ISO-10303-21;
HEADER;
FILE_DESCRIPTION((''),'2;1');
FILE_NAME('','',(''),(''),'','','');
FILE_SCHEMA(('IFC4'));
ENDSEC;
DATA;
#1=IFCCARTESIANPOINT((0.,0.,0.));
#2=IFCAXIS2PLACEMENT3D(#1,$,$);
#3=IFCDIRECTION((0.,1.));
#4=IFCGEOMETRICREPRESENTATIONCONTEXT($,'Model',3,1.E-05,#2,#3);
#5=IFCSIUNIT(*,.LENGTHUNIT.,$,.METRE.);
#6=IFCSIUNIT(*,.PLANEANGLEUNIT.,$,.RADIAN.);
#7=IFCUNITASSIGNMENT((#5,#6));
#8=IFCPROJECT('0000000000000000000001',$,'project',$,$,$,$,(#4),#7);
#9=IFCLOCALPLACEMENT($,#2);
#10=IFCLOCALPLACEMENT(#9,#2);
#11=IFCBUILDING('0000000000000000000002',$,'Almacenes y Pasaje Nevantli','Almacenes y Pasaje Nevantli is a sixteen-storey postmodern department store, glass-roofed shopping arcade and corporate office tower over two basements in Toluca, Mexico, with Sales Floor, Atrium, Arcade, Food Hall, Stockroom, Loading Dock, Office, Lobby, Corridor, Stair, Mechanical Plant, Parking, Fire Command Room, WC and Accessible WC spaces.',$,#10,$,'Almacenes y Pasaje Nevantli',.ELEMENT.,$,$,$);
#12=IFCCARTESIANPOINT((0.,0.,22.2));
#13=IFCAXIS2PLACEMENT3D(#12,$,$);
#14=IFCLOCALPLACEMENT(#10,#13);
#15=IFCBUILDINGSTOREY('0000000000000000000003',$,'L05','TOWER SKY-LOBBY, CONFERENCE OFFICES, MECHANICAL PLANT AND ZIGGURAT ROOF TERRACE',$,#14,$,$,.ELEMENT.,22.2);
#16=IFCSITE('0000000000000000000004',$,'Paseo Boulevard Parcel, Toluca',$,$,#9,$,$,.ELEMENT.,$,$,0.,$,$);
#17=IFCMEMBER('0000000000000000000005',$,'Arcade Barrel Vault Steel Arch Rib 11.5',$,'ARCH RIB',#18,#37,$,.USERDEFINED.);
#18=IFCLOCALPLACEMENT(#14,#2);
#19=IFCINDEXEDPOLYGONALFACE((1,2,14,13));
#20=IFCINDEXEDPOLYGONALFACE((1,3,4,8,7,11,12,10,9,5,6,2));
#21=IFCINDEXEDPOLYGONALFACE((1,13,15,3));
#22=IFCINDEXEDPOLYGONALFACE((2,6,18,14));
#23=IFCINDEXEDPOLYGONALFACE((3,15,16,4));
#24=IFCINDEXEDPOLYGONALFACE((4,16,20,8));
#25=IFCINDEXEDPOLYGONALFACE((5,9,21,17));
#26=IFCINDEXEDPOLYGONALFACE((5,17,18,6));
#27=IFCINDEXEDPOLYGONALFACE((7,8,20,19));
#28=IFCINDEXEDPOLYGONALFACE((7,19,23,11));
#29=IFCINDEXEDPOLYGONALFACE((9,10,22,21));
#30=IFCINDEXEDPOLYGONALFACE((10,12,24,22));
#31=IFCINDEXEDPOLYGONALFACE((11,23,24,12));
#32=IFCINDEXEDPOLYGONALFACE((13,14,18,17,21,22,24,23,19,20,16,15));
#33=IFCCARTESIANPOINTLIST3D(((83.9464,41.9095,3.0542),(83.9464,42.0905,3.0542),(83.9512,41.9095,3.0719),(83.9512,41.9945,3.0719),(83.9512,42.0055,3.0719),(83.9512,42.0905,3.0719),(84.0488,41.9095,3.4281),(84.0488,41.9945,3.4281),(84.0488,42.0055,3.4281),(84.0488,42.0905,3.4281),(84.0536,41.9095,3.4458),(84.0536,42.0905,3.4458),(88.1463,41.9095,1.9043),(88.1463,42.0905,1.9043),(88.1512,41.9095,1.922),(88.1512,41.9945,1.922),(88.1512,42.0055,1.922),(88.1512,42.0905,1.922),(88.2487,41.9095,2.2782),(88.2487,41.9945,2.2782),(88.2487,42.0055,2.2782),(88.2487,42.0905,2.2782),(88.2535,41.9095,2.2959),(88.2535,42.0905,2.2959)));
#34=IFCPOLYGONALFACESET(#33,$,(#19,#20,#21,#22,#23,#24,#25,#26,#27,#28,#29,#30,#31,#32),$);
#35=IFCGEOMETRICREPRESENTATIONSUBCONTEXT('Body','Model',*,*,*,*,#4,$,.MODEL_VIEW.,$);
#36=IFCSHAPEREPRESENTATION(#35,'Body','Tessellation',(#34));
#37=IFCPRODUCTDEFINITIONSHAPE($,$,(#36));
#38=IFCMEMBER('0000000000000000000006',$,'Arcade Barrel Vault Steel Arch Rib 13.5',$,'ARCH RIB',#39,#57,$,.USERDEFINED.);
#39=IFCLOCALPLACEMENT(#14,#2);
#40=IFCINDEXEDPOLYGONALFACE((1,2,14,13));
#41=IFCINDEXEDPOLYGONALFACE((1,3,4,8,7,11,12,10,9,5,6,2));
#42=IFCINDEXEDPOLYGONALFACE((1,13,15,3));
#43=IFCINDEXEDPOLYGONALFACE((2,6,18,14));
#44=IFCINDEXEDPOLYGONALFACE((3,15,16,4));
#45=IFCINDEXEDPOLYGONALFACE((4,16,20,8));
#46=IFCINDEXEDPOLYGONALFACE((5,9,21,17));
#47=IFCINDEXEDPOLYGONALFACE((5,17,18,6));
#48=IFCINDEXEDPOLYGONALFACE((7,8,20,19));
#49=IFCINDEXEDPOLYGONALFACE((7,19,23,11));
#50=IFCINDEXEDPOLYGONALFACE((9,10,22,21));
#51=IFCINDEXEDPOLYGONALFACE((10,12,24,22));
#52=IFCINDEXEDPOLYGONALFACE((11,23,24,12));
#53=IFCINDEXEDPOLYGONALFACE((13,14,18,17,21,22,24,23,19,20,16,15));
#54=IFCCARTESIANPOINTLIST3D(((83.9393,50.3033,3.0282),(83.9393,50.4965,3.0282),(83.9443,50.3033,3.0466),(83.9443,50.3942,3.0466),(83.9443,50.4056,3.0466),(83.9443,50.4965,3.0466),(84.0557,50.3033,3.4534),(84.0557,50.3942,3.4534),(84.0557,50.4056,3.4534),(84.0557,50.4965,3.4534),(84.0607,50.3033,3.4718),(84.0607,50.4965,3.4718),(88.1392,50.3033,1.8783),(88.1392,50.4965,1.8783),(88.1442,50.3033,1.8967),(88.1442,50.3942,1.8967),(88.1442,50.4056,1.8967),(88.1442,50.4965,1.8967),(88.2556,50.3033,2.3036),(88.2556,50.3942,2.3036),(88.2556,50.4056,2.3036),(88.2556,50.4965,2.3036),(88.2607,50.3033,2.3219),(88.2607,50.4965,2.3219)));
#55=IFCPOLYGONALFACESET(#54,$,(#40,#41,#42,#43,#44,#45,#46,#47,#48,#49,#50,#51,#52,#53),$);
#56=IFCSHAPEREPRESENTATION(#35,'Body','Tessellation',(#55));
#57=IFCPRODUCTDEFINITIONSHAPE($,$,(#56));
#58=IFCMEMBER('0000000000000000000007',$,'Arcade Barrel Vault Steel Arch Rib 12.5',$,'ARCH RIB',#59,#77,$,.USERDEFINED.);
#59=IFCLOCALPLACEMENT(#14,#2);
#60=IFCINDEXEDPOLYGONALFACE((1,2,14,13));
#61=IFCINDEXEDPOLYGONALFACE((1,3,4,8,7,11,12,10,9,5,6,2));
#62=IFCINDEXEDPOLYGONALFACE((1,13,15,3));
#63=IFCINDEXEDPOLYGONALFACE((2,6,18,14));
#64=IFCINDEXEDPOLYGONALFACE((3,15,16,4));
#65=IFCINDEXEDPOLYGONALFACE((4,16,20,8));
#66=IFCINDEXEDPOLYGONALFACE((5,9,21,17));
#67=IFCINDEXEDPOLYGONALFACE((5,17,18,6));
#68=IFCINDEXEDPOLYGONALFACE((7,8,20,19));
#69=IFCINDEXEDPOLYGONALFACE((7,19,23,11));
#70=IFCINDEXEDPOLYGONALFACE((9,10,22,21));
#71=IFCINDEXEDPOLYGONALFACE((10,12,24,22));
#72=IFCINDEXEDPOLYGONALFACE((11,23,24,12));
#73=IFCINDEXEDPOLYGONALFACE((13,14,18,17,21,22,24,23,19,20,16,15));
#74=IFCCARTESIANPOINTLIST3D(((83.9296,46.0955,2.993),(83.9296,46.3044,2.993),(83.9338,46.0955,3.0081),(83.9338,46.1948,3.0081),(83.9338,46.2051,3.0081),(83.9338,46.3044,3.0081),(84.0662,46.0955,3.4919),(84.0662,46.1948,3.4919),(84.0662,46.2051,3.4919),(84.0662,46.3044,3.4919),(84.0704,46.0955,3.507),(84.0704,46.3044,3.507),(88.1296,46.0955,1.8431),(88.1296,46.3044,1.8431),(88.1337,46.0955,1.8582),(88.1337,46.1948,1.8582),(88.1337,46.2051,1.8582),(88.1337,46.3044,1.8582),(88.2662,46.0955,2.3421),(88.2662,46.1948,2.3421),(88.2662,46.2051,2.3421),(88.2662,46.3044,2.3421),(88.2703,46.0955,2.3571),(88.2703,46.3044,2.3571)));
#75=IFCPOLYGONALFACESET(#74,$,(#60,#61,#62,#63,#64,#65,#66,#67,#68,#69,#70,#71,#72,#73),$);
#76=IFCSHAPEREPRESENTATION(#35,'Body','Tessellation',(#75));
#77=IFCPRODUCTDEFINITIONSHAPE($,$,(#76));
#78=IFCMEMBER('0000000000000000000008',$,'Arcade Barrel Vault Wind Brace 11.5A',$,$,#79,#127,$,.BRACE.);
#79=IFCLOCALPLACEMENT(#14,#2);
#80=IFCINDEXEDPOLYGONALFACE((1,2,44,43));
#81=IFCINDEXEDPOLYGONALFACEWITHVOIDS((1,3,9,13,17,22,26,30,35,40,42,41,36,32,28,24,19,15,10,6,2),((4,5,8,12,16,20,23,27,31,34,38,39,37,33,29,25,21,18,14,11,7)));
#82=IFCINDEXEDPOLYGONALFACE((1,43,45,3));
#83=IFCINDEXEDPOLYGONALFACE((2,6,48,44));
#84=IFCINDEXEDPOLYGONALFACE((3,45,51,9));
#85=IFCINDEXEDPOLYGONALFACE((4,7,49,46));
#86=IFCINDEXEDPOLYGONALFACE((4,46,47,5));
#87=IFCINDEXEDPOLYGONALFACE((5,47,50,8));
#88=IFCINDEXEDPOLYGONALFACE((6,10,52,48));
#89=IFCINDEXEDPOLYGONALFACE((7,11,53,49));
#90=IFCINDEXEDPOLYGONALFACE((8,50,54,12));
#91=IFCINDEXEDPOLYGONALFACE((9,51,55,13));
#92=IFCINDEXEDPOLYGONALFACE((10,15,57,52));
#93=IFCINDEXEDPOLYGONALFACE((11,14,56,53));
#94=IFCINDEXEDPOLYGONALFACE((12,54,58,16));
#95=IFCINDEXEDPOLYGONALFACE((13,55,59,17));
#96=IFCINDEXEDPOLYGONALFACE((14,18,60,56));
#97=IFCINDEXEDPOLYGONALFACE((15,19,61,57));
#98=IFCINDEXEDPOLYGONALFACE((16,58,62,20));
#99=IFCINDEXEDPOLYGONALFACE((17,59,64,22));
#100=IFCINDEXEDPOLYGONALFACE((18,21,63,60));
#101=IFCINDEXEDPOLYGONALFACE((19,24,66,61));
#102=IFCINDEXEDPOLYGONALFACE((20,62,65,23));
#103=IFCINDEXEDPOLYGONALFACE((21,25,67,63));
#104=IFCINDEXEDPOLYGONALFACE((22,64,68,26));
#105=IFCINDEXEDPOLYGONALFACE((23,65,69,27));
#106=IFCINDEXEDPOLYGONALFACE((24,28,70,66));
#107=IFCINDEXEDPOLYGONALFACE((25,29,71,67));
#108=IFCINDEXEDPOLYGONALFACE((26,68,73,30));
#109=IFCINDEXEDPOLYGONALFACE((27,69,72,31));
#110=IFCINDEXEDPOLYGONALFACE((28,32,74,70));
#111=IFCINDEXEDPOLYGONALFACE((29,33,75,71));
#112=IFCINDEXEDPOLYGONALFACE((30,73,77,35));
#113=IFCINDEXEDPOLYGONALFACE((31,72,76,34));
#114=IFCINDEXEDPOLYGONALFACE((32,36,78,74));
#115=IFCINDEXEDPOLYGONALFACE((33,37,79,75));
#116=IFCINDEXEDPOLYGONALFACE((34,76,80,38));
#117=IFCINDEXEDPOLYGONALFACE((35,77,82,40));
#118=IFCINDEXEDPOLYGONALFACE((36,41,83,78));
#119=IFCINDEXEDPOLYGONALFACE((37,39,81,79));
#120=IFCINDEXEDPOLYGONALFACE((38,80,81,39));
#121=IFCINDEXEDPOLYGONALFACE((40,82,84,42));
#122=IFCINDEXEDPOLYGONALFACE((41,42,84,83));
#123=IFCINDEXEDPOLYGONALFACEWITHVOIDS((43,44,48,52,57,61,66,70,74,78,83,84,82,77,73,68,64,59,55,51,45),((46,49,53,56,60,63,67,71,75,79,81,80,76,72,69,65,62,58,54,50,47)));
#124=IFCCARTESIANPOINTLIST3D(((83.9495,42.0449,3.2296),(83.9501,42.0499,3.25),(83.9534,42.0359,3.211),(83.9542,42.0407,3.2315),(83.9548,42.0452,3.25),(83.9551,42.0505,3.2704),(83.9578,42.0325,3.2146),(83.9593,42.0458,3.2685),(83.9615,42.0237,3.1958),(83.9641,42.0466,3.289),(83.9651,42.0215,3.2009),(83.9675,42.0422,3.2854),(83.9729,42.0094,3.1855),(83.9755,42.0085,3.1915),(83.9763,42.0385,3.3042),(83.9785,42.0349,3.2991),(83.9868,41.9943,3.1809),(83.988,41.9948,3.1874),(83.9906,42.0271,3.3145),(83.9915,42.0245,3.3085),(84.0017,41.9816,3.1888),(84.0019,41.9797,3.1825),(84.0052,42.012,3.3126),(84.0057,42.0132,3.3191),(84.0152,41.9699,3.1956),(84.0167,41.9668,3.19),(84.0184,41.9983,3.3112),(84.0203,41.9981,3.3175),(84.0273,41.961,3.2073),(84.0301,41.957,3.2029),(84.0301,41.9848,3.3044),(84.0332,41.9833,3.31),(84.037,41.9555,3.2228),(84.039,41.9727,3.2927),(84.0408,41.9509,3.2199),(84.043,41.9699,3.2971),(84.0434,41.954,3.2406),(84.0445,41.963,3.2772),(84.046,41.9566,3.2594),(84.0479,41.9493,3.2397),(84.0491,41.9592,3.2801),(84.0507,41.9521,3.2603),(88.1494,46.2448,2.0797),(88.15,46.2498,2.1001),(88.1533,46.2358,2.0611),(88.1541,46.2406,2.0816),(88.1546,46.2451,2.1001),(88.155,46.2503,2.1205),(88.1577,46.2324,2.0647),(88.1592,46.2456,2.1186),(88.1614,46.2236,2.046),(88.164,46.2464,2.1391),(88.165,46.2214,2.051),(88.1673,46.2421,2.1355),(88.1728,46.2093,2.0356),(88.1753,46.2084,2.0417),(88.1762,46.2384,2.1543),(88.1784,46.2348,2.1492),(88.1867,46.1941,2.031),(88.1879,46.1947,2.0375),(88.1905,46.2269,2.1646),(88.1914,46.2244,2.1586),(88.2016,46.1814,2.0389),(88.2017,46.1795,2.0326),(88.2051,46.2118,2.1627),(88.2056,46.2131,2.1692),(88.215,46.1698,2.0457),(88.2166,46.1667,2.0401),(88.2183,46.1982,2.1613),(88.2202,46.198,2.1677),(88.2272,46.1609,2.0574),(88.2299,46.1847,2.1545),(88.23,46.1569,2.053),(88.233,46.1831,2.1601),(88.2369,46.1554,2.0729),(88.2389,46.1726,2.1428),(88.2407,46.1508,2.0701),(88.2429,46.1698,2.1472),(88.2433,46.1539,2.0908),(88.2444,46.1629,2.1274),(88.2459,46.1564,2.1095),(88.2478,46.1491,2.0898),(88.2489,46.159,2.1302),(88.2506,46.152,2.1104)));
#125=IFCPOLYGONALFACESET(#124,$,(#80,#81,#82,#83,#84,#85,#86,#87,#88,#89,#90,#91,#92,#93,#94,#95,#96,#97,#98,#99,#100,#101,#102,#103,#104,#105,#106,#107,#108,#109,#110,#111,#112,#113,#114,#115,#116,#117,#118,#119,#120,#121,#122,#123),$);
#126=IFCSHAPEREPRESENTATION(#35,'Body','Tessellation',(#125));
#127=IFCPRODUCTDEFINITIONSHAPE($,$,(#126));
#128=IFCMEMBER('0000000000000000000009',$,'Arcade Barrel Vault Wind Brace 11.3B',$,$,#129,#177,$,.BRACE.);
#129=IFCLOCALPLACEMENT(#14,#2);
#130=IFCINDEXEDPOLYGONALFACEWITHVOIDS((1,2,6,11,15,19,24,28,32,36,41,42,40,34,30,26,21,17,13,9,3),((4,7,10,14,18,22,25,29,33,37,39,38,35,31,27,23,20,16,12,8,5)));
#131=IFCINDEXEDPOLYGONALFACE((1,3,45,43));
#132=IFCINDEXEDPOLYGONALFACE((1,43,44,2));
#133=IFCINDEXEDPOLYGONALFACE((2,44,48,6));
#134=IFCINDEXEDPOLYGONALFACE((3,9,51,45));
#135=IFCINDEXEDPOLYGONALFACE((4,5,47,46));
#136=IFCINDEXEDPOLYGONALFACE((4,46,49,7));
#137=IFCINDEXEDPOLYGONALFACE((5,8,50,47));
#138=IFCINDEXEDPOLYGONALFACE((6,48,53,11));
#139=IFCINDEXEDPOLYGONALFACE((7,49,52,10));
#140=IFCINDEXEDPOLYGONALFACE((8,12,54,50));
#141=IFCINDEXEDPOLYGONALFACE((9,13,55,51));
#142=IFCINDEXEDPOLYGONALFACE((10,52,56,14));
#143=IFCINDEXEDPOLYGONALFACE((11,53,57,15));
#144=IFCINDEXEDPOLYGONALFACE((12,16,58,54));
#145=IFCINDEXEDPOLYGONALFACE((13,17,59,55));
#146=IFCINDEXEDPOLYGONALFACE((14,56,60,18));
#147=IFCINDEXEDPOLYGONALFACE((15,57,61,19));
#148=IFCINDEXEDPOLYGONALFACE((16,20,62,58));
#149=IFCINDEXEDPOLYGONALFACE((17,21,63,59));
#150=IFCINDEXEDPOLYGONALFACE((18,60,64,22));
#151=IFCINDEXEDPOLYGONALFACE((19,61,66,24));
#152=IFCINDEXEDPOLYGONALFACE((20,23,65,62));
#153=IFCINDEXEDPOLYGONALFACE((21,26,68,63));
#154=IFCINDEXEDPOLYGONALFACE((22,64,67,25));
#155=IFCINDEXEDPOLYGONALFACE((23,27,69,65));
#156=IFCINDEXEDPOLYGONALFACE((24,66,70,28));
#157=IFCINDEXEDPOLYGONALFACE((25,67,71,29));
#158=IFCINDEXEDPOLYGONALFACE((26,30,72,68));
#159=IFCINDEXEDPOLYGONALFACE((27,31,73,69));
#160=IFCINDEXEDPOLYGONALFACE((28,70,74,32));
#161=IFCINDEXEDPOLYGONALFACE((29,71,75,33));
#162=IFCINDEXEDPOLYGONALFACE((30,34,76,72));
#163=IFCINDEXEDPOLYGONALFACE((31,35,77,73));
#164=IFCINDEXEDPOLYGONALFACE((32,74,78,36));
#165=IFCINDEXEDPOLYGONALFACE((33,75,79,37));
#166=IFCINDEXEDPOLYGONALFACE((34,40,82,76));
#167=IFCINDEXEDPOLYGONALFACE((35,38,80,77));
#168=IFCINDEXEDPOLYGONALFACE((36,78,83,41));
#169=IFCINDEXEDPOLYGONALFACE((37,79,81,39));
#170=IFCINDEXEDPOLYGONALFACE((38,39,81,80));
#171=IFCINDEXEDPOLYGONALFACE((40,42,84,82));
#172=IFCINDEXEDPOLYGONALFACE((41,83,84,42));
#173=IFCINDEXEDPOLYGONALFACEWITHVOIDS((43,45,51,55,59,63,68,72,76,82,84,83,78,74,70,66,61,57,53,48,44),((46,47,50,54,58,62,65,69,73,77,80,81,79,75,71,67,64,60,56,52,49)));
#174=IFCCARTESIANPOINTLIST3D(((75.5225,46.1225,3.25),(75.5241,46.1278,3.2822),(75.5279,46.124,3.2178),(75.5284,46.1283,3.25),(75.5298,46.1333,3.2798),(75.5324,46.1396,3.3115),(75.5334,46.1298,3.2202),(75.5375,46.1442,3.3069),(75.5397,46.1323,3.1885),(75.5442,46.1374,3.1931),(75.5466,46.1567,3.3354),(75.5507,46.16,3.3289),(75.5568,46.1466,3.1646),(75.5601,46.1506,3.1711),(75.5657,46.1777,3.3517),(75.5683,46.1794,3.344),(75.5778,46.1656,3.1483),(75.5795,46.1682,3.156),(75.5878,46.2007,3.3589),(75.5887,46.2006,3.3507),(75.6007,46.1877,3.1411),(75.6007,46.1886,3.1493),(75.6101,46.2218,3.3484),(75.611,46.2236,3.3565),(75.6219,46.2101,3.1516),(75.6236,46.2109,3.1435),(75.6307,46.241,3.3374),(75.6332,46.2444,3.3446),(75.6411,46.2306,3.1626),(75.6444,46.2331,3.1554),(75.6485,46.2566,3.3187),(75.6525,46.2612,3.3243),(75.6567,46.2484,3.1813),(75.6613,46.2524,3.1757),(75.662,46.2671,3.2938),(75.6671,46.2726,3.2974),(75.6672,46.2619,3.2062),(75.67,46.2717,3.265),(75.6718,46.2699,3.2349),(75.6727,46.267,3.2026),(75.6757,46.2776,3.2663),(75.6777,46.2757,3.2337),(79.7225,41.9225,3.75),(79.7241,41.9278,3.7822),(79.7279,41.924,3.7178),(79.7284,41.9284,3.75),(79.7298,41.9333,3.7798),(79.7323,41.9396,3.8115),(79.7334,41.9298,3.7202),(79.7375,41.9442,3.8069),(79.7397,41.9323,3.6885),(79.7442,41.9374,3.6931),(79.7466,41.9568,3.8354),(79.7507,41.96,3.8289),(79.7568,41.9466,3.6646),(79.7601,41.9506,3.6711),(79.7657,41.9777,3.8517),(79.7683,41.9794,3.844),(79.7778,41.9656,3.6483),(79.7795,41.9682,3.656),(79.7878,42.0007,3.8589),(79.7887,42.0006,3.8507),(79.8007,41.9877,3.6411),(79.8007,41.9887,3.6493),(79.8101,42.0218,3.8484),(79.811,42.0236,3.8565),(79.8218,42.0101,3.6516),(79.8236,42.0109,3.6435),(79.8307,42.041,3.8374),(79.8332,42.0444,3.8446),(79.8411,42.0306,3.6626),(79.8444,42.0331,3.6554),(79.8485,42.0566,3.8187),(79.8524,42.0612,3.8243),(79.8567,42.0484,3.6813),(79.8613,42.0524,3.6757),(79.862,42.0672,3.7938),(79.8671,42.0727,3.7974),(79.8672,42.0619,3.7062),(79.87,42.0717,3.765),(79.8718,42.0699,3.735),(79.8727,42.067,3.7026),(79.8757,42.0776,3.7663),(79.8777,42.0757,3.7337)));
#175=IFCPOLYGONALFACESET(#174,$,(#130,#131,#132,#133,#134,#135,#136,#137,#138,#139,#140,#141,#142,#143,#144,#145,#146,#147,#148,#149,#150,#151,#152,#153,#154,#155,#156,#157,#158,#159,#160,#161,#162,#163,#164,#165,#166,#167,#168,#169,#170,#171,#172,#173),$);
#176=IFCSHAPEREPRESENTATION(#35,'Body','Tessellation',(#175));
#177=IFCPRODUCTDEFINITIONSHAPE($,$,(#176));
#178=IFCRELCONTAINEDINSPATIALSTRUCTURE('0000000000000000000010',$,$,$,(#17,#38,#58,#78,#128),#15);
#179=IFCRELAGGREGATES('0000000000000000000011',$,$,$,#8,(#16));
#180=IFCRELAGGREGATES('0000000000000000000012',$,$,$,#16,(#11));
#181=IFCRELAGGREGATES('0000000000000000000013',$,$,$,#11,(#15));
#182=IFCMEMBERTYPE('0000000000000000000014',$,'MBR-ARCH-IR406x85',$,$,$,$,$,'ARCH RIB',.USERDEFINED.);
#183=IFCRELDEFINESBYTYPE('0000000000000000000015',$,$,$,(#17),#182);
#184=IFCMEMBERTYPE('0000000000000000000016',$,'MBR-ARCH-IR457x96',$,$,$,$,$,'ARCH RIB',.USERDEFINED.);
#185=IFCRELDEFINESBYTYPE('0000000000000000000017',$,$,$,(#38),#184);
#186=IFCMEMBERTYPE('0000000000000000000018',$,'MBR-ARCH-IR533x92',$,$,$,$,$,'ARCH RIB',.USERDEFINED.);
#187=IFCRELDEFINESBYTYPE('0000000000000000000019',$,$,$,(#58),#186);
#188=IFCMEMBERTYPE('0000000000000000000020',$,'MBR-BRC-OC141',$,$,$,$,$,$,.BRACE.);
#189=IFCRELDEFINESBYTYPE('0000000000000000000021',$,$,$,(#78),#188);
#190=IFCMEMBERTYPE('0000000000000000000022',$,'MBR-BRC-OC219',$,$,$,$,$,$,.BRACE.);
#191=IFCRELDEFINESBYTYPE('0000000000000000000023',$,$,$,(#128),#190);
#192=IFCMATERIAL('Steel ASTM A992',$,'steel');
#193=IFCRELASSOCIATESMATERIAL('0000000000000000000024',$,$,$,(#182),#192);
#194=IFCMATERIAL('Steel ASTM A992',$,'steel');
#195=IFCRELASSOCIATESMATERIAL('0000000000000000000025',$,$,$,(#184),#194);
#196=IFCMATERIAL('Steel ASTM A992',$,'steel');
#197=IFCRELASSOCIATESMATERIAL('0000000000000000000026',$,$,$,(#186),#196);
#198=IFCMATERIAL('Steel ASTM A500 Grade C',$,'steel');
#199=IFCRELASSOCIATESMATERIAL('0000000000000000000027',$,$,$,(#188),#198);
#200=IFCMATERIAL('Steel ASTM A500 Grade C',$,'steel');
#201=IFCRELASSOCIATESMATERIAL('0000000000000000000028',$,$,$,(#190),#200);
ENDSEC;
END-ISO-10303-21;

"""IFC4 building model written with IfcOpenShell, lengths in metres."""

from ifc_helpers import new_model, si_unit, direction, frame, origin, origin_2d, place, context, subcontext, project, spatial, hollow_circle, i_section, extrude, material, material_profile, profile_set, type_object, element, save


model = new_model("IFC4")

# Units and contexts
model_context = context("Model", 3, precision=1e-05, world=origin(), true_north=direction((0.0, 1.0)))
body_context = subcontext(model_context, "Body", "Model", "MODEL_VIEW")
ifc_project = project(units=[si_unit("LENGTHUNIT", "METRE"), si_unit("PLANEANGLEUNIT", "RADIAN")], contexts=[model_context])

# Site, building, storey
site_placement = place(None, origin())
site = spatial("IfcSite", under=ifc_project, at=site_placement, Name="Paseo Boulevard Parcel, Toluca", CompositionType="ELEMENT", RefElevation=0.0)
building_placement = place(site_placement, origin())
building = spatial("IfcBuilding", under=site, at=building_placement, Name="Almacenes y Pasaje Nevantli", Description="Almacenes y Pasaje Nevantli is a sixteen-storey postmodern department store, glass-roofed shopping arcade and corporate office tower over two basements in Toluca, Mexico, with Sales Floor, Atrium, Arcade, Food Hall, Stockroom, Loading Dock, Office, Lobby, Corridor, Stair, Mechanical Plant, Parking, Fire Command Room, WC and Accessible WC spaces.", LongName="Almacenes y Pasaje Nevantli", CompositionType="ELEMENT")
storey_placement = place(building_placement, frame((0.0, 0.0, 22.2)))
storey = spatial("IfcBuildingStorey", under=building, at=storey_placement, Name="L05", Description="TOWER SKY-LOBBY, CONFERENCE OFFICES, MECHANICAL PLANT AND ZIGGURAT ROOF TERRACE", CompositionType="ELEMENT", Elevation=22.2)

# Members
ifc_material_1 = material(Name="Steel ASTM A992", Category="steel")
ifc_material_profile_1 = material_profile(ifc_material_1, i_section(OverallWidth=0.1809, OverallDepth=0.406, WebThickness=0.011, FlangeThickness=0.0183, at=origin_2d()), Name="IR 406x85.0")
ifc_profile_set_1 = profile_set([ifc_material_profile_1], Name="Steel ASTM A992")
member_type_1 = type_object("IfcMemberType", Name="MBR-ARCH-IR406x85", ElementType="ARCH RIB", PredefinedType="USERDEFINED", material=ifc_profile_set_1)
member_1_placement = place(storey_placement, frame((84.0, 42.0, 3.25), z_axis=(0.964503, 0.0, -0.264071), x_axis=(0.0, 1.0, 0.0)))
element("IfcMember", 1, at=member_1_placement, inside=storey, type_object=member_type_1, Name="Arcade Barrel Vault Steel Arch Rib 11.5", ObjectType="ARCH RIB", PredefinedType="USERDEFINED", context=body_context, shape_type="SweptSolid", body=[
    extrude(i_section(OverallWidth=0.1809, OverallDepth=0.406, WebThickness=0.011, FlangeThickness=0.0183, at=origin_2d()), origin(), (0.0, 0.0, 1.0), 4.3545),
])
ifc_material_2 = material(Name="Steel ASTM A992", Category="steel")
ifc_material_profile_2 = material_profile(ifc_material_2, i_section(OverallWidth=0.1931, OverallDepth=0.46, WebThickness=0.0115, FlangeThickness=0.019, at=origin_2d()), Name="IR 457x96.7")
ifc_profile_set_2 = profile_set([ifc_material_profile_2], Name="Steel ASTM A992")
member_type_2 = type_object("IfcMemberType", Name="MBR-ARCH-IR457x96", ElementType="ARCH RIB", PredefinedType="USERDEFINED", material=ifc_profile_set_2)
member_2_placement = place(storey_placement, frame((84.0, 50.3999, 3.25), z_axis=(0.964503, 0.0, -0.264071), x_axis=(0.0, 1.0, 0.0)))
element("IfcMember", 2, at=member_2_placement, inside=storey, type_object=member_type_2, Name="Arcade Barrel Vault Steel Arch Rib 13.5", ObjectType="ARCH RIB", PredefinedType="USERDEFINED", context=body_context, shape_type="SweptSolid", body=[
    extrude(i_section(OverallWidth=0.1931, OverallDepth=0.46, WebThickness=0.0115, FlangeThickness=0.019, at=origin_2d()), origin(), (0.0, 0.0, 1.0), 4.3545),
])
ifc_material_3 = material(Name="Steel ASTM A992", Category="steel")
ifc_material_profile_3 = material_profile(ifc_material_3, i_section(OverallWidth=0.209, OverallDepth=0.533, WebThickness=0.0103, FlangeThickness=0.0156, at=origin_2d()), Name="IR 533x92.5")
ifc_profile_set_3 = profile_set([ifc_material_profile_3], Name="Steel ASTM A992")
member_type_3 = type_object("IfcMemberType", Name="MBR-ARCH-IR533x92", ElementType="ARCH RIB", PredefinedType="USERDEFINED", material=ifc_profile_set_3)
member_3_placement = place(storey_placement, frame((84.0, 46.2, 3.25), z_axis=(0.964503, 0.0, -0.264071), x_axis=(0.0, 1.0, 0.0)))
element("IfcMember", 3, at=member_3_placement, inside=storey, type_object=member_type_3, Name="Arcade Barrel Vault Steel Arch Rib 12.5", ObjectType="ARCH RIB", PredefinedType="USERDEFINED", context=body_context, shape_type="SweptSolid", body=[
    extrude(i_section(OverallWidth=0.209, OverallDepth=0.533, WebThickness=0.0103, FlangeThickness=0.0156, at=origin_2d()), origin(), (0.0, 0.0, 1.0), 4.3545),
])
ifc_material_4 = material(Name="Steel ASTM A500 Grade C", Category="steel")
ifc_material_profile_4 = material_profile(ifc_material_4, hollow_circle(Radius=0.0706, WallThickness=0.0066, at=origin_2d()), Name="OC 141x6.6")
ifc_profile_set_4 = profile_set([ifc_material_profile_4], Name="Steel ASTM A500 Grade C")
member_type_4 = type_object("IfcMemberType", Name="MBR-BRC-OC141", PredefinedType="BRACE", material=ifc_profile_set_4)
member_4_placement = place(storey_placement, frame((84.0, 42.0, 3.25), z_axis=(0.694217, 0.694217, -0.190069), x_axis=(-0.707107, 0.707107, 0.0)))
element("IfcMember", 4, at=member_4_placement, inside=storey, type_object=member_type_4, Name="Arcade Barrel Vault Wind Brace 11.5A", PredefinedType="BRACE", context=body_context, shape_type="SweptSolid", body=[
    extrude(hollow_circle(Radius=0.0706, WallThickness=0.0066, at=origin_2d()), origin(), (0.0, 0.0, 1.0), 6.0498),
])
ifc_material_5 = material(Name="Steel ASTM A500 Grade C", Category="steel")
ifc_material_profile_5 = material_profile(ifc_material_5, hollow_circle(Radius=0.1096, WallThickness=0.0083, at=origin_2d()), Name="OC 219x8.2")
ifc_profile_set_5 = profile_set([ifc_material_profile_5], Name="Steel ASTM A500 Grade C")
member_type_5 = type_object("IfcMemberType", Name="MBR-BRC-OC219", PredefinedType="BRACE", material=ifc_profile_set_5)
for number, where, z_axis, x_axis, name in (
    (5, (79.8, 42.0, 3.75), (-0.704615, 0.704615, -0.083884), (-0.707107, -0.707107, 0.0), "Arcade Barrel Vault Wind Brace 11.3B"),
):
    element("IfcMember", number, at=place(storey_placement, frame(where, z_axis=z_axis, x_axis=x_axis)), inside=storey, type_object=member_type_5, Name=name, PredefinedType="BRACE", context=body_context, shape_type="SweptSolid", body=[
        extrude(hollow_circle(Radius=0.1096, WallThickness=0.0083, at=origin_2d()), origin(), (0.0, 0.0, 1.0), 5.9607),
    ])

save(model, "model.ifc")
